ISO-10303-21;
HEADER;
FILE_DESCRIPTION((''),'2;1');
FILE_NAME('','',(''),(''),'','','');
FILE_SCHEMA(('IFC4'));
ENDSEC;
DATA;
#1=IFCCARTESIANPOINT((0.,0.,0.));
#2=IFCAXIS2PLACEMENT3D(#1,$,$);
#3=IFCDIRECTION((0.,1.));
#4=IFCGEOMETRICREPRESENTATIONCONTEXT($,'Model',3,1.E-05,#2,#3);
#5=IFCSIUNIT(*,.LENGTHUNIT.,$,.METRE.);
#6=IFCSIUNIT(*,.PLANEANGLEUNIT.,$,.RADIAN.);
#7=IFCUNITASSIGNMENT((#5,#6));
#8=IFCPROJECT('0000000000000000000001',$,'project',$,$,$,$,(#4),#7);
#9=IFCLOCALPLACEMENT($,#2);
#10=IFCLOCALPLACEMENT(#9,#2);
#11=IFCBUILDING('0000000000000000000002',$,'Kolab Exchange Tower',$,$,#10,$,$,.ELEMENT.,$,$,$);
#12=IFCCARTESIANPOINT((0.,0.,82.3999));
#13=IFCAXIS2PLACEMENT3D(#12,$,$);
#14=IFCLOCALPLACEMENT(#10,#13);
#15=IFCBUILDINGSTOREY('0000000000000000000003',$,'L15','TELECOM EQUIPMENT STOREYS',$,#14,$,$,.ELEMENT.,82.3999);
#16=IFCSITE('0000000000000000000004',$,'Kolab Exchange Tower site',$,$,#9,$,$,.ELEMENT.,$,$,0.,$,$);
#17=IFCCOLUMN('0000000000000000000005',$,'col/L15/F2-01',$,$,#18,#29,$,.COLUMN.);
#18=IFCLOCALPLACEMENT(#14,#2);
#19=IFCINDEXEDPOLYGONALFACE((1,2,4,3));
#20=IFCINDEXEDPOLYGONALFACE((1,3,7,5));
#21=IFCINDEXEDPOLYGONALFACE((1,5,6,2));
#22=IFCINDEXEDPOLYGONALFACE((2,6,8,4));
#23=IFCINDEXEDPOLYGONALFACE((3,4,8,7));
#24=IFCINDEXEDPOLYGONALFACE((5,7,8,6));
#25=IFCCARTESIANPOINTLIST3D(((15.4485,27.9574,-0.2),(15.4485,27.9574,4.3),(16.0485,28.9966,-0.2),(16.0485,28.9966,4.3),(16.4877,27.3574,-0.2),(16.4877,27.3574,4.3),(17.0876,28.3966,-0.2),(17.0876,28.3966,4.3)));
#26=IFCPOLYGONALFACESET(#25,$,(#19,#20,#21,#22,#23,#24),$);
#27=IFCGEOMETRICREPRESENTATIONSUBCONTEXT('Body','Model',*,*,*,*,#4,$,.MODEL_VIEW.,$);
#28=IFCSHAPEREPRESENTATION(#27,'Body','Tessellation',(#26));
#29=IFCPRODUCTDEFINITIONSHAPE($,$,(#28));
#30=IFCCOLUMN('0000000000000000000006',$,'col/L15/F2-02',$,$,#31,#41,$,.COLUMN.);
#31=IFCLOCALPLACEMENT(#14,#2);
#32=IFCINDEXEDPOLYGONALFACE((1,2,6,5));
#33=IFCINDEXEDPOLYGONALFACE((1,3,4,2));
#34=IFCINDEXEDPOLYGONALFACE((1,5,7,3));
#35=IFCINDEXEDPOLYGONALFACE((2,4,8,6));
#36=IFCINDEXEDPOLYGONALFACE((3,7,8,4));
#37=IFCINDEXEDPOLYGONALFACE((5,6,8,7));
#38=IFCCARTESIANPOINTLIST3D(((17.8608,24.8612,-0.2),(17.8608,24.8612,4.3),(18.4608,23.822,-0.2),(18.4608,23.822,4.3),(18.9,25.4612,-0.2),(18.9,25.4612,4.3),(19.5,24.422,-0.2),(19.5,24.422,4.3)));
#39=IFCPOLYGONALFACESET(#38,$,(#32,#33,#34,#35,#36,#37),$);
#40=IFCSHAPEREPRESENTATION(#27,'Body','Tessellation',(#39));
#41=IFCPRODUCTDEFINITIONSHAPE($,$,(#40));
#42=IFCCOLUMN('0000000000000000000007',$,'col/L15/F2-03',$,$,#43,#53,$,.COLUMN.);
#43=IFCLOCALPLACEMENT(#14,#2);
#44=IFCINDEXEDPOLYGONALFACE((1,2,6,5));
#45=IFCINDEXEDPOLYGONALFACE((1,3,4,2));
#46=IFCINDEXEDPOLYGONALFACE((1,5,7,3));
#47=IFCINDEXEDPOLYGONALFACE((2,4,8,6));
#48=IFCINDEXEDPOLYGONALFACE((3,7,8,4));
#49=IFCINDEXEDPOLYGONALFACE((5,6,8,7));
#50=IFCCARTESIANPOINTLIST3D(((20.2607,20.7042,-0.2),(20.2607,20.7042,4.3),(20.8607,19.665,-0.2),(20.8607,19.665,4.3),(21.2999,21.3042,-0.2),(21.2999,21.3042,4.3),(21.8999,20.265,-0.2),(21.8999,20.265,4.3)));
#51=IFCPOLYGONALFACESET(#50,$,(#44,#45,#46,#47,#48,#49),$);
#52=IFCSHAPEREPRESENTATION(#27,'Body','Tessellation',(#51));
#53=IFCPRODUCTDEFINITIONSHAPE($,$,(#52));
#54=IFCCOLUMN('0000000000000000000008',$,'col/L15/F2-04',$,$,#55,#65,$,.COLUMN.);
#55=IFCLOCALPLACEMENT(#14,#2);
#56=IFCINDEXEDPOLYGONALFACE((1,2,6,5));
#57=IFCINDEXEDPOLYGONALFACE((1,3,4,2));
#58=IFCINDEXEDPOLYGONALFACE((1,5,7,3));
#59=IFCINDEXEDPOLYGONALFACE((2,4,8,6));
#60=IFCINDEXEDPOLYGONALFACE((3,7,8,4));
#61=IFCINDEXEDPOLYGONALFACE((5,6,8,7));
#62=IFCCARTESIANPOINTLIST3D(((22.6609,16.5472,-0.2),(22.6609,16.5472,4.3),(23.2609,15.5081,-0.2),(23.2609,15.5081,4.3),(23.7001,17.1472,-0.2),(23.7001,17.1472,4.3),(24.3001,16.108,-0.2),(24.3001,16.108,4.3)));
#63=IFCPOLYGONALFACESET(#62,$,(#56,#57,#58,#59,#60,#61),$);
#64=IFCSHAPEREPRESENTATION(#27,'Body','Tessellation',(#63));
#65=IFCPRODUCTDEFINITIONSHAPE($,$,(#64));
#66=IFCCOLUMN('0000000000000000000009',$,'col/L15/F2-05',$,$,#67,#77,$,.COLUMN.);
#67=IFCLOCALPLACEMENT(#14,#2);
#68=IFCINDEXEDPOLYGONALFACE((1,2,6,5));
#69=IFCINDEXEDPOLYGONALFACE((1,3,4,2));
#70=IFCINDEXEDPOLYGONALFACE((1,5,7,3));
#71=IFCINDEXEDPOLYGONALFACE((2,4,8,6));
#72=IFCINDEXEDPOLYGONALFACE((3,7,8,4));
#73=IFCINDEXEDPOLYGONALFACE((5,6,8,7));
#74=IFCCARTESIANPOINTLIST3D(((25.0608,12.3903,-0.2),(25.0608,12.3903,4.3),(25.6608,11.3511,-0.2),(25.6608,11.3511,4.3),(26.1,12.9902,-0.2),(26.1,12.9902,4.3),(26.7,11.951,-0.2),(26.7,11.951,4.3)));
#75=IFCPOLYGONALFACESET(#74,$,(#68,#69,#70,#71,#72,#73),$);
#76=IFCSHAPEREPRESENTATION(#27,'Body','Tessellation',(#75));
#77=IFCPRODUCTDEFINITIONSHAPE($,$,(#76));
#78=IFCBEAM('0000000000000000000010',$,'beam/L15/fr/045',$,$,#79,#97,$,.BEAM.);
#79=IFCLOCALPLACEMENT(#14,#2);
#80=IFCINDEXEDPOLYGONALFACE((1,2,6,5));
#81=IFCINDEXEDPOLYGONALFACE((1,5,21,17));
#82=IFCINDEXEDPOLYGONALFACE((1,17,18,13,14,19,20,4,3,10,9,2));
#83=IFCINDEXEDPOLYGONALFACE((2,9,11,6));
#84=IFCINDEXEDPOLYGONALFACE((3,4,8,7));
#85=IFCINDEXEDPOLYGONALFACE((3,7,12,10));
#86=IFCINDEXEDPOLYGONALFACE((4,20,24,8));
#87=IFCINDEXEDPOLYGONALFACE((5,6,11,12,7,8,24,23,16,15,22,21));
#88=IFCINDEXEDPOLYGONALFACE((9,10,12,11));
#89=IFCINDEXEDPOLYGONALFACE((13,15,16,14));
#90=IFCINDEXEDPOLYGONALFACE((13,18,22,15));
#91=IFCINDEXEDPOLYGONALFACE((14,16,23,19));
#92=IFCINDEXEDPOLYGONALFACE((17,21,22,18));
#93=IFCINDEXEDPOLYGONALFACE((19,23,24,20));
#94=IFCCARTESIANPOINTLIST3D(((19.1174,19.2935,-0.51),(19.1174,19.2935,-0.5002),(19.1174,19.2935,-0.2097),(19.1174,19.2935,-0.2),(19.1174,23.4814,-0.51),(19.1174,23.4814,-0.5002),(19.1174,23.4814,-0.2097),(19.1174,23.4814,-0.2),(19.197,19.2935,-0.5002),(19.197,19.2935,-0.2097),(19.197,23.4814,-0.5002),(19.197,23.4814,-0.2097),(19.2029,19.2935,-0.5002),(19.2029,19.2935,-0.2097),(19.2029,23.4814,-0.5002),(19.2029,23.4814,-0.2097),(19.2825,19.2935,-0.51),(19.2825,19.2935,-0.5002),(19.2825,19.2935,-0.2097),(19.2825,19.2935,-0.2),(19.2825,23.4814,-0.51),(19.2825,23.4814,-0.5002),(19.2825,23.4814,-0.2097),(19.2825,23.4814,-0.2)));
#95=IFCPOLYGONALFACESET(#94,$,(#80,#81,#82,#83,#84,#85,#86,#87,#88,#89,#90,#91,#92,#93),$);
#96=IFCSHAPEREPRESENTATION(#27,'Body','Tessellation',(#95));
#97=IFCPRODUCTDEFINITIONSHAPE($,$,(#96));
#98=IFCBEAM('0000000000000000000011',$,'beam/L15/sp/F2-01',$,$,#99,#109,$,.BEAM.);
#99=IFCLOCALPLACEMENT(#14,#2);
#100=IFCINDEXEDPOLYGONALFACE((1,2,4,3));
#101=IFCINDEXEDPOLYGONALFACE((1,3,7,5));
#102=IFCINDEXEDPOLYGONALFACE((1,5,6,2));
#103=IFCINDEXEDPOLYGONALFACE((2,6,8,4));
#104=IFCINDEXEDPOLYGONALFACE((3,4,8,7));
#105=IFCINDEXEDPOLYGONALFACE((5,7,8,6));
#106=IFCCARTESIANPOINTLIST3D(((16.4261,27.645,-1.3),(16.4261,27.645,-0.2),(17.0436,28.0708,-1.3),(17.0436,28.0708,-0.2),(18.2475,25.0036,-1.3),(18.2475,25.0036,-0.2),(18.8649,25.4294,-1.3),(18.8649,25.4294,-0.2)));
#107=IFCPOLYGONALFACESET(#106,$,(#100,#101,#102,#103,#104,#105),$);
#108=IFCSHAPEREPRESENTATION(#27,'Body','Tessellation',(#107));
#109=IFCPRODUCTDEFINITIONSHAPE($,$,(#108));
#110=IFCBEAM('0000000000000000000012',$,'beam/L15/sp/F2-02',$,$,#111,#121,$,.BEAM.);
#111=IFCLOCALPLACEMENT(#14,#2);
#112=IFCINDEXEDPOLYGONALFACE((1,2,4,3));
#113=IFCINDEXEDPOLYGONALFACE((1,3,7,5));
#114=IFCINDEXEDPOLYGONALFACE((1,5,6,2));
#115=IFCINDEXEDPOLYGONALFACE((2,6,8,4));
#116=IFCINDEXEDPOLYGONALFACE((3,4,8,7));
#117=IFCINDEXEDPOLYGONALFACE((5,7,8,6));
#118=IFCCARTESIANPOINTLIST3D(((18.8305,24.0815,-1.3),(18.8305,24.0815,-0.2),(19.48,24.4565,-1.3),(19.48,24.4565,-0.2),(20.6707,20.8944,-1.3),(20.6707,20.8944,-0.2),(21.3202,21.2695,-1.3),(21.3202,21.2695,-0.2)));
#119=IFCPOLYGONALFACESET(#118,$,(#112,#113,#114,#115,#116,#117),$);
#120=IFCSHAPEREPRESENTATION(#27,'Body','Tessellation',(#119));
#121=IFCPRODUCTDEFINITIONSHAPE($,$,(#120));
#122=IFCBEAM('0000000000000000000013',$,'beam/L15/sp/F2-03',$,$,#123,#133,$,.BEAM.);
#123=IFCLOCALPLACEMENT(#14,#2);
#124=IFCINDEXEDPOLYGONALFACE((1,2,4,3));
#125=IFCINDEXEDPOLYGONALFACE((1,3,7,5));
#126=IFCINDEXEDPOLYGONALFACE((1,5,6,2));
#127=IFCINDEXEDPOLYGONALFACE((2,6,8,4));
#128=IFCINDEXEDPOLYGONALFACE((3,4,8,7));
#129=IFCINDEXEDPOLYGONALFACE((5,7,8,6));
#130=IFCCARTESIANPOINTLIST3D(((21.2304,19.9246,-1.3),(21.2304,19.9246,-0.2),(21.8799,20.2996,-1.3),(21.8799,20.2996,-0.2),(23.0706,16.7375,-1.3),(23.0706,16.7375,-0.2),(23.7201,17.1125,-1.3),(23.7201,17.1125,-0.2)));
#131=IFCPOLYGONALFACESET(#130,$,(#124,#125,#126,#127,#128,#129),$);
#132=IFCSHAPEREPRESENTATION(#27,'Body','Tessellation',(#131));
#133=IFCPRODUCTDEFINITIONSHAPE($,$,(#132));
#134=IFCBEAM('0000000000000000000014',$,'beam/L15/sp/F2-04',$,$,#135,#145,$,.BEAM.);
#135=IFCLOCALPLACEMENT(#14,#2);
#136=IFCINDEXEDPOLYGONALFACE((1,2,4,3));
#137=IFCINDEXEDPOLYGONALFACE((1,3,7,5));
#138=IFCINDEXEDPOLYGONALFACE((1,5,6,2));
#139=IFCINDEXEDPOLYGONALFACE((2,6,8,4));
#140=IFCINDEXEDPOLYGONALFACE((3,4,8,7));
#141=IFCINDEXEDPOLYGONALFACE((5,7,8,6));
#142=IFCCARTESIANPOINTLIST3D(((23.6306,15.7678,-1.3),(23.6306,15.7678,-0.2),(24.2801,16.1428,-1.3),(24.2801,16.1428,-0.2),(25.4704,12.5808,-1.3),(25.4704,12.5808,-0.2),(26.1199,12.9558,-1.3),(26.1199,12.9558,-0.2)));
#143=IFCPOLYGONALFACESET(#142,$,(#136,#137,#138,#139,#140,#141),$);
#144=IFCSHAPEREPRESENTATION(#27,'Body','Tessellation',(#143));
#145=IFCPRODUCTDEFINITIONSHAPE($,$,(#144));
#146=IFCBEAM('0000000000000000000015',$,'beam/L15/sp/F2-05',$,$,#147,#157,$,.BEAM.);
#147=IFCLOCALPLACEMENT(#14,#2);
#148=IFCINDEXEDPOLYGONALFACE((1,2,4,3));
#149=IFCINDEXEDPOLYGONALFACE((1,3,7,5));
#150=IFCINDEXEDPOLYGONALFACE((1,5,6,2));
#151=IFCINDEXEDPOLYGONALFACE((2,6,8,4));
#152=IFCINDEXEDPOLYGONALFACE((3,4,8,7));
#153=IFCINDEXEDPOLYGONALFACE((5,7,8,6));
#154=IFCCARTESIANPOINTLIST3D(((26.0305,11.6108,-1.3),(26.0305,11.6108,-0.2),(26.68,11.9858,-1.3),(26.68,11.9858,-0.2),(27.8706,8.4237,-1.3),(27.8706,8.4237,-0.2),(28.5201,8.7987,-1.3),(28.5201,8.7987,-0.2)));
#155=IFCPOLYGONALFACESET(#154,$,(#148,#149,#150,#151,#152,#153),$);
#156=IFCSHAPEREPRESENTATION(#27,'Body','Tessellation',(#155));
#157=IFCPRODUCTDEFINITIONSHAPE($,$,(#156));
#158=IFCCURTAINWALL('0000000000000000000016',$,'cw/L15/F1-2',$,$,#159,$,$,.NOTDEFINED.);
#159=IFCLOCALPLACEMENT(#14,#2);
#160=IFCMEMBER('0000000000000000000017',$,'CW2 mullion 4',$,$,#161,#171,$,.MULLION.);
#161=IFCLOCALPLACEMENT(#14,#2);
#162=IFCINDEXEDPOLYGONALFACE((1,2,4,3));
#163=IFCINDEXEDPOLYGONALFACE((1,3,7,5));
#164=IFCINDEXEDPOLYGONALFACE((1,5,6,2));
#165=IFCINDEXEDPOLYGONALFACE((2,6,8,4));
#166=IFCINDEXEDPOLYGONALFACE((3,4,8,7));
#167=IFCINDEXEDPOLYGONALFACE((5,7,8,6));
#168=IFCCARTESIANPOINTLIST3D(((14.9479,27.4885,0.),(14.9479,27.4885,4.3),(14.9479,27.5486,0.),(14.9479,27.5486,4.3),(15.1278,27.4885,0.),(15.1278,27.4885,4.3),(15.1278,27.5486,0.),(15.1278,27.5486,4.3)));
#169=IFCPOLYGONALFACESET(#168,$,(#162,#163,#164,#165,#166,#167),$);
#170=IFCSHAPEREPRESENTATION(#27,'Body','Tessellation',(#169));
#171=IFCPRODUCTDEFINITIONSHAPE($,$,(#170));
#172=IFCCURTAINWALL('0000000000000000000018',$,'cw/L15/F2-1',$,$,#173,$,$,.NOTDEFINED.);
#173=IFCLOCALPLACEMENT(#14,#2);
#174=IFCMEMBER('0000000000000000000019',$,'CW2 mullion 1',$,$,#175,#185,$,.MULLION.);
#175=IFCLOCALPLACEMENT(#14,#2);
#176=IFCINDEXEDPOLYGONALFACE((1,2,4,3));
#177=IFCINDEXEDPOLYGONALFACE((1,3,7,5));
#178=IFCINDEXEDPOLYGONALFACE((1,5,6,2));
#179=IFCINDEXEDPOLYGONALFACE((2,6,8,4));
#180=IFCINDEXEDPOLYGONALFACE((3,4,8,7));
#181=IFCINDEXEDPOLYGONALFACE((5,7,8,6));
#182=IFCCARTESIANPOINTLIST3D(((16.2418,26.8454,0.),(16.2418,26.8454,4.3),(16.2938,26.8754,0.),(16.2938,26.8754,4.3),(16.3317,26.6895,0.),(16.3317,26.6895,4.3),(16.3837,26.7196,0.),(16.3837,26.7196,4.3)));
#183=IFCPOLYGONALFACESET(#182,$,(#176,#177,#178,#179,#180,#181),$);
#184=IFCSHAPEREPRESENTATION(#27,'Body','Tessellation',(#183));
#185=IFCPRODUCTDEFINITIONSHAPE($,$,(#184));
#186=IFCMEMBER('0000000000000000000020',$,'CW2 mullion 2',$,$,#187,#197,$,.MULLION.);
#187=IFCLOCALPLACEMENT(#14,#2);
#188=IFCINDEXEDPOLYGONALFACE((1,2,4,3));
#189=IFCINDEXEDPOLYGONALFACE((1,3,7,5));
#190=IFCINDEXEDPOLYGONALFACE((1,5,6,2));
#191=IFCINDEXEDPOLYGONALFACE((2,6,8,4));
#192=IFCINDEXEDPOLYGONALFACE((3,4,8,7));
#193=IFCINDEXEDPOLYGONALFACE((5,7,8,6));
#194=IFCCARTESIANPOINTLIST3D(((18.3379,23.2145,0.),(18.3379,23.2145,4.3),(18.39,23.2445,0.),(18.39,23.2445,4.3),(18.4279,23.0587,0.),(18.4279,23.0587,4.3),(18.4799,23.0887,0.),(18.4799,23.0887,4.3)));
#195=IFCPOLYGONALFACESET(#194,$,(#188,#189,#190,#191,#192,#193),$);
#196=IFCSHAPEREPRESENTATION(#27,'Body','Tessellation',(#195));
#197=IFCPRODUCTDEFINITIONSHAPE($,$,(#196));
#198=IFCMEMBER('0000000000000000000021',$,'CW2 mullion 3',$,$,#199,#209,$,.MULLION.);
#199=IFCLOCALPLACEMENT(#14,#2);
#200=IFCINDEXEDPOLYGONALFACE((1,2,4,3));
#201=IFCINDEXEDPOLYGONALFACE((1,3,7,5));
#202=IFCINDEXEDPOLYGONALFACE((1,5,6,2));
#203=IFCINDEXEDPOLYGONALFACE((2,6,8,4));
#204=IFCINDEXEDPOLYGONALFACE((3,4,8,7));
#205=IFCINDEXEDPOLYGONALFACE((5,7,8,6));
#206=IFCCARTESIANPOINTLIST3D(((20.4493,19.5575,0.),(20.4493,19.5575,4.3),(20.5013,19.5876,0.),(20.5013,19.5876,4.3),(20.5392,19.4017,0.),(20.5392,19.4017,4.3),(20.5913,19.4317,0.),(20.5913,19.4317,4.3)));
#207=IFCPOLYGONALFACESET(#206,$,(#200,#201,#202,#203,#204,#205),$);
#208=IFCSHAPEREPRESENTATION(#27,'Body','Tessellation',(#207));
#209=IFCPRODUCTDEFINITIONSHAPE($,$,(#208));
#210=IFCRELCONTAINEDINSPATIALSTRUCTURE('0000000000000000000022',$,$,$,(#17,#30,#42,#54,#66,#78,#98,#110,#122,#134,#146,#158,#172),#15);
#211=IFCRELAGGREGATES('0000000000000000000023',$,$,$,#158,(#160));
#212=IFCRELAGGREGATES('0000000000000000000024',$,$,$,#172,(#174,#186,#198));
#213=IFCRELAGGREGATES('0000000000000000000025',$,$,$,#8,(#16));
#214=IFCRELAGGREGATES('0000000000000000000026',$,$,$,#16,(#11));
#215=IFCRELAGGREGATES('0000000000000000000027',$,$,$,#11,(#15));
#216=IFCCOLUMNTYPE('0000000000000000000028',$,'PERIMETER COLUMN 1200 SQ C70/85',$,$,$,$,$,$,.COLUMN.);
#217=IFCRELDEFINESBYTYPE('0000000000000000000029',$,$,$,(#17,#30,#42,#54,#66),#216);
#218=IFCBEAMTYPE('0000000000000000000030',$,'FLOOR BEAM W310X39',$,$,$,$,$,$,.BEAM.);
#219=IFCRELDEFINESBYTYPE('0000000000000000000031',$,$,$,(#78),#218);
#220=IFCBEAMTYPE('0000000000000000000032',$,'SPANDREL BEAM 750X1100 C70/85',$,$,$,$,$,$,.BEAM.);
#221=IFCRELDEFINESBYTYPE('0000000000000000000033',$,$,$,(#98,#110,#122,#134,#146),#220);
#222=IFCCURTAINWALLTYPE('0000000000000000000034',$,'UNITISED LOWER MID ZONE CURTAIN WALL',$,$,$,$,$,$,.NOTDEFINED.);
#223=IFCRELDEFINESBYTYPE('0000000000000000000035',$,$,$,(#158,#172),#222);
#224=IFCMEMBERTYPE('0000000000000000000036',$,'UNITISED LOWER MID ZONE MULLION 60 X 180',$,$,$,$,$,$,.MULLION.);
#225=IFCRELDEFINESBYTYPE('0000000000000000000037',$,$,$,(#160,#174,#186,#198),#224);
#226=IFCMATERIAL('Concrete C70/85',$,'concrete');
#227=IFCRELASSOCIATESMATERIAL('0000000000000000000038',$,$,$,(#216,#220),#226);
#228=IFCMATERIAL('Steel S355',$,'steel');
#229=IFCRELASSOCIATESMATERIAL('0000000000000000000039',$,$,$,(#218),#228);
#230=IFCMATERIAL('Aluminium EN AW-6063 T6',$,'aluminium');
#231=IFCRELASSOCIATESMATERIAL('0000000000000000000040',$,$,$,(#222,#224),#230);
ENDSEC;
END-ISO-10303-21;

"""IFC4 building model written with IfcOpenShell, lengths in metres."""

from ifc_helpers import new_model, si_unit, direction, frame, origin, origin_2d, place, context, subcontext, project, spatial, rectangle, i_section, extrude, material, material_profile, profile_set, type_object, element, aggregate, save


model = new_model("IFC4")

# Units and contexts
model_context = context("Model", 3, precision=1e-05, world=origin(), true_north=direction((0.0, 1.0)))
body_context = subcontext(model_context, "Body", "Model", "MODEL_VIEW")
ifc_project = project(units=[si_unit("LENGTHUNIT", "METRE"), si_unit("PLANEANGLEUNIT", "RADIAN")], contexts=[model_context])

# Site, building, storey
site_placement = place(None, origin())
site = spatial("IfcSite", under=ifc_project, at=site_placement, Name="Kolab Exchange Tower site", CompositionType="ELEMENT", RefElevation=0.0)
building_placement = place(site_placement, origin())
building = spatial("IfcBuilding", under=site, at=building_placement, Name="Kolab Exchange Tower", CompositionType="ELEMENT")
storey_placement = place(building_placement, frame((0.0, 0.0, 82.3999)))
storey = spatial("IfcBuildingStorey", under=building, at=storey_placement, Name="L15", Description="TELECOM EQUIPMENT STOREYS", CompositionType="ELEMENT", Elevation=82.3999)

# Columns
ifc_material_1 = material(Name="Concrete C70/85", Category="concrete")
ifc_material_profile_1 = material_profile(ifc_material_1, rectangle(XDim=1.2, YDim=1.2, at=origin_2d()), Name="RC1200")
ifc_profile_set_1 = profile_set([ifc_material_profile_1], Name="Concrete C70/85")
column_type = type_object("IfcColumnType", Name="PERIMETER COLUMN 1200 SQ C70/85", PredefinedType="COLUMN", material=ifc_profile_set_1)
for number, where, z_axis, x_axis, name in (
    (1, (16.2681, 28.177, -0.2), (0.0, 0.0, 1.0), (0.5, 0.866025, 0.0), "col/L15/F2-01"),
    (2, (18.6804, 24.6416, -0.2), (0.0, 0.0, 1.0), (0.866025, 0.5, 0.0), "col/L15/F2-02"),
    (3, (21.0803, 20.4846, -0.2), (0.0, 0.0, 1.0), (0.866025, 0.5, 0.0), "col/L15/F2-03"),
    (4, (23.4805, 16.3276, -0.2), (0.0, 0.0, 1.0), (0.866025, 0.5, 0.0), "col/L15/F2-04"),
    (5, (25.8804, 12.1707, -0.2), (0.0, 0.0, 1.0), (0.866025, 0.5, 0.0), "col/L15/F2-05"),
):
    element("IfcColumn", number, at=place(storey_placement, frame(where, z_axis=z_axis, x_axis=x_axis)), inside=storey, type_object=column_type, Name=name, PredefinedType="COLUMN", context=body_context, shape_type="SweptSolid", body=[
        extrude(rectangle(XDim=1.2, YDim=1.2, at=origin_2d()), origin(), (0.0, 0.0, 1.0), 4.5),
    ])

# Beams
ifc_material_2 = material(Name="Steel S355", Category="steel")
ifc_material_profile_2 = material_profile(ifc_material_2, i_section(OverallWidth=0.165, OverallDepth=0.3101, WebThickness=0.0059, FlangeThickness=0.0098, at=origin_2d()), Name="W310X39")
ifc_profile_set_2 = profile_set([ifc_material_profile_2], Name="Steel S355")
beam_type_1 = type_object("IfcBeamType", Name="FLOOR BEAM W310X39", PredefinedType="BEAM", material=ifc_profile_set_2)
beam_1_placement = place(storey_placement, frame((19.2, 19.2935, -0.355), z_axis=(0.0, 1.0, 0.0), x_axis=(-1.0, 0.0, 0.0)))
element("IfcBeam", 6, at=beam_1_placement, inside=storey, type_object=beam_type_1, Name="beam/L15/fr/045", PredefinedType="BEAM", context=body_context, shape_type="SweptSolid", body=[
    extrude(i_section(OverallWidth=0.165, OverallDepth=0.3101, WebThickness=0.0059, FlangeThickness=0.0098, at=origin_2d()), origin(), (0.0, 0.0, 1.0), 4.188),
])
ifc_material_profile_3 = material_profile(ifc_material_1, rectangle(XDim=0.75, YDim=1.1001, at=origin_2d()), Name="RC750X1100")
ifc_profile_set_3 = profile_set([ifc_material_profile_3], Name="Concrete C70/85")
beam_type_2 = type_object("IfcBeamType", Name="SPANDREL BEAM 750X1100 C70/85", PredefinedType="BEAM", material=ifc_profile_set_3)
beam_2_placement = place(storey_placement, frame((16.7349, 27.8579, -0.75), z_axis=(0.567662, -0.823262, 0.0), x_axis=(0.823262, 0.567662, 0.0)))
element("IfcBeam", 7, at=beam_2_placement, inside=storey, type_object=beam_type_2, Name="beam/L15/sp/F2-01", PredefinedType="BEAM", context=body_context, shape_type="SweptSolid", body=[
    extrude(rectangle(XDim=0.75, YDim=1.1001, at=origin_2d()), origin(), (0.0, 0.0, 1.0), 3.2085),
])
for number, where, z_axis, x_axis, name in (
    (8, (19.1553, 24.269, -0.75), (0.500013, -0.866018, 0.0), (0.866018, 0.500013, 0.0), "beam/L15/sp/F2-02"),
    (9, (21.5552, 20.1121, -0.75), (0.500013, -0.866018, 0.0), (0.866018, 0.500013, 0.0), "beam/L15/sp/F2-03"),
):
    element("IfcBeam", number, at=place(storey_placement, frame(where, z_axis=z_axis, x_axis=x_axis)), inside=storey, type_object=beam_type_2, Name=name, PredefinedType="BEAM", context=body_context, shape_type="SweptSolid", body=[
        extrude(rectangle(XDim=0.75, YDim=1.1001, at=origin_2d()), origin(), (0.0, 0.0, 1.0), 3.6802),
    ])
beam_3_placement = place(storey_placement, frame((23.9553, 15.9553, -0.75), z_axis=(0.499964, -0.866046, 0.0), x_axis=(0.866046, 0.499964, 0.0)))
element("IfcBeam", 10, at=beam_3_placement, inside=storey, type_object=beam_type_2, Name="beam/L15/sp/F2-04", PredefinedType="BEAM", context=body_context, shape_type="SweptSolid", body=[
    extrude(rectangle(XDim=0.75, YDim=1.1001, at=origin_2d()), origin(), (0.0, 0.0, 1.0), 3.6799),
])
beam_4_placement = place(storey_placement, frame((26.3552, 11.7983, -0.75), z_axis=(0.500013, -0.866018, 0.0), x_axis=(0.866018, 0.500013, 0.0)))
element("IfcBeam", 11, at=beam_4_placement, inside=storey, type_object=beam_type_2, Name="beam/L15/sp/F2-05", PredefinedType="BEAM", context=body_context, shape_type="SweptSolid", body=[
    extrude(rectangle(XDim=0.75, YDim=1.1001, at=origin_2d()), origin(), (0.0, 0.0, 1.0), 3.6802),
])

# Curtain wall, member
ifc_material_3 = material(Name="Aluminium EN AW-6063 T6", Category="aluminium")
curtain_wall_type = type_object("IfcCurtainWallType", Name="UNITISED LOWER MID ZONE CURTAIN WALL", PredefinedType="NOTDEFINED", material=ifc_material_3)
curtain_wall_1_placement = place(storey_placement, origin())
curtain_wall_1 = element("IfcCurtainWall", 12, at=curtain_wall_1_placement, inside=storey, type_object=curtain_wall_type, Name="cw/L15/F1-2", PredefinedType="NOTDEFINED")
ifc_material_profile_4 = material_profile(ifc_material_3, rectangle(XDim=0.0601, YDim=0.1799, at=origin_2d()), Name="RECT 60X180")
ifc_profile_set_4 = profile_set([ifc_material_profile_4], Name="Aluminium EN AW-6063 T6")
member_type_1 = type_object("IfcMemberType", Name="UNITISED LOWER MID ZONE MULLION 60 X 180", PredefinedType="MULLION", material=ifc_profile_set_4)
member_1_placement = place(storey_placement, frame((15.0378, 27.5186, 0.0), z_axis=(0.0, 0.0, 1.0), x_axis=(0.0, 1.0, 0.0)))
member_1 = element("IfcMember", 13, at=member_1_placement, type_object=member_type_1, Name="CW2 mullion 4", PredefinedType="MULLION", context=body_context, shape_type="SweptSolid", body=[
    extrude(rectangle(XDim=0.0601, YDim=0.1799, at=origin_2d()), origin(), (0.0, 0.0, 1.0), 4.3),
])
aggregate(curtain_wall_1, [member_1])

# Curtain wall, members
curtain_wall_2_placement = place(storey_placement, origin())
curtain_wall_2 = element("IfcCurtainWall", 14, at=curtain_wall_2_placement, inside=storey, type_object=curtain_wall_type, Name="cw/L15/F2-1", PredefinedType="NOTDEFINED")
member_2_placement = place(storey_placement, frame((16.3127, 26.7825, 0.0), z_axis=(0.0, 0.0, 1.0), x_axis=(0.866025, 0.5, 0.0)))
member_2 = element("IfcMember", 15, at=member_2_placement, type_object=member_type_1, Name="CW2 mullion 1", PredefinedType="MULLION", context=body_context, shape_type="SweptSolid", body=[
    extrude(rectangle(XDim=0.0601, YDim=0.1799, at=origin_2d()), origin(), (0.0, 0.0, 1.0), 4.3),
])
member_3_placement = place(storey_placement, frame((18.4089, 23.1516, 0.0), z_axis=(0.0, 0.0, 1.0), x_axis=(0.866025, 0.5, 0.0)))
member_3 = element("IfcMember", 16, at=member_3_placement, type_object=member_type_1, Name="CW2 mullion 2", PredefinedType="MULLION", context=body_context, shape_type="SweptSolid", body=[
    extrude(rectangle(XDim=0.0601, YDim=0.1799, at=origin_2d()), origin(), (0.0, 0.0, 1.0), 4.3),
])
member_4_placement = place(storey_placement, frame((20.5203, 19.4946, 0.0), z_axis=(0.0, 0.0, 1.0), x_axis=(0.866025, 0.5, 0.0)))
member_4 = element("IfcMember", 17, at=member_4_placement, type_object=member_type_1, Name="CW2 mullion 3", PredefinedType="MULLION", context=body_context, shape_type="SweptSolid", body=[
    extrude(rectangle(XDim=0.0601, YDim=0.1799, at=origin_2d()), origin(), (0.0, 0.0, 1.0), 4.3),
])

aggregate(curtain_wall_2, [member_2, member_3, member_4])

save(model, "model.ifc")
